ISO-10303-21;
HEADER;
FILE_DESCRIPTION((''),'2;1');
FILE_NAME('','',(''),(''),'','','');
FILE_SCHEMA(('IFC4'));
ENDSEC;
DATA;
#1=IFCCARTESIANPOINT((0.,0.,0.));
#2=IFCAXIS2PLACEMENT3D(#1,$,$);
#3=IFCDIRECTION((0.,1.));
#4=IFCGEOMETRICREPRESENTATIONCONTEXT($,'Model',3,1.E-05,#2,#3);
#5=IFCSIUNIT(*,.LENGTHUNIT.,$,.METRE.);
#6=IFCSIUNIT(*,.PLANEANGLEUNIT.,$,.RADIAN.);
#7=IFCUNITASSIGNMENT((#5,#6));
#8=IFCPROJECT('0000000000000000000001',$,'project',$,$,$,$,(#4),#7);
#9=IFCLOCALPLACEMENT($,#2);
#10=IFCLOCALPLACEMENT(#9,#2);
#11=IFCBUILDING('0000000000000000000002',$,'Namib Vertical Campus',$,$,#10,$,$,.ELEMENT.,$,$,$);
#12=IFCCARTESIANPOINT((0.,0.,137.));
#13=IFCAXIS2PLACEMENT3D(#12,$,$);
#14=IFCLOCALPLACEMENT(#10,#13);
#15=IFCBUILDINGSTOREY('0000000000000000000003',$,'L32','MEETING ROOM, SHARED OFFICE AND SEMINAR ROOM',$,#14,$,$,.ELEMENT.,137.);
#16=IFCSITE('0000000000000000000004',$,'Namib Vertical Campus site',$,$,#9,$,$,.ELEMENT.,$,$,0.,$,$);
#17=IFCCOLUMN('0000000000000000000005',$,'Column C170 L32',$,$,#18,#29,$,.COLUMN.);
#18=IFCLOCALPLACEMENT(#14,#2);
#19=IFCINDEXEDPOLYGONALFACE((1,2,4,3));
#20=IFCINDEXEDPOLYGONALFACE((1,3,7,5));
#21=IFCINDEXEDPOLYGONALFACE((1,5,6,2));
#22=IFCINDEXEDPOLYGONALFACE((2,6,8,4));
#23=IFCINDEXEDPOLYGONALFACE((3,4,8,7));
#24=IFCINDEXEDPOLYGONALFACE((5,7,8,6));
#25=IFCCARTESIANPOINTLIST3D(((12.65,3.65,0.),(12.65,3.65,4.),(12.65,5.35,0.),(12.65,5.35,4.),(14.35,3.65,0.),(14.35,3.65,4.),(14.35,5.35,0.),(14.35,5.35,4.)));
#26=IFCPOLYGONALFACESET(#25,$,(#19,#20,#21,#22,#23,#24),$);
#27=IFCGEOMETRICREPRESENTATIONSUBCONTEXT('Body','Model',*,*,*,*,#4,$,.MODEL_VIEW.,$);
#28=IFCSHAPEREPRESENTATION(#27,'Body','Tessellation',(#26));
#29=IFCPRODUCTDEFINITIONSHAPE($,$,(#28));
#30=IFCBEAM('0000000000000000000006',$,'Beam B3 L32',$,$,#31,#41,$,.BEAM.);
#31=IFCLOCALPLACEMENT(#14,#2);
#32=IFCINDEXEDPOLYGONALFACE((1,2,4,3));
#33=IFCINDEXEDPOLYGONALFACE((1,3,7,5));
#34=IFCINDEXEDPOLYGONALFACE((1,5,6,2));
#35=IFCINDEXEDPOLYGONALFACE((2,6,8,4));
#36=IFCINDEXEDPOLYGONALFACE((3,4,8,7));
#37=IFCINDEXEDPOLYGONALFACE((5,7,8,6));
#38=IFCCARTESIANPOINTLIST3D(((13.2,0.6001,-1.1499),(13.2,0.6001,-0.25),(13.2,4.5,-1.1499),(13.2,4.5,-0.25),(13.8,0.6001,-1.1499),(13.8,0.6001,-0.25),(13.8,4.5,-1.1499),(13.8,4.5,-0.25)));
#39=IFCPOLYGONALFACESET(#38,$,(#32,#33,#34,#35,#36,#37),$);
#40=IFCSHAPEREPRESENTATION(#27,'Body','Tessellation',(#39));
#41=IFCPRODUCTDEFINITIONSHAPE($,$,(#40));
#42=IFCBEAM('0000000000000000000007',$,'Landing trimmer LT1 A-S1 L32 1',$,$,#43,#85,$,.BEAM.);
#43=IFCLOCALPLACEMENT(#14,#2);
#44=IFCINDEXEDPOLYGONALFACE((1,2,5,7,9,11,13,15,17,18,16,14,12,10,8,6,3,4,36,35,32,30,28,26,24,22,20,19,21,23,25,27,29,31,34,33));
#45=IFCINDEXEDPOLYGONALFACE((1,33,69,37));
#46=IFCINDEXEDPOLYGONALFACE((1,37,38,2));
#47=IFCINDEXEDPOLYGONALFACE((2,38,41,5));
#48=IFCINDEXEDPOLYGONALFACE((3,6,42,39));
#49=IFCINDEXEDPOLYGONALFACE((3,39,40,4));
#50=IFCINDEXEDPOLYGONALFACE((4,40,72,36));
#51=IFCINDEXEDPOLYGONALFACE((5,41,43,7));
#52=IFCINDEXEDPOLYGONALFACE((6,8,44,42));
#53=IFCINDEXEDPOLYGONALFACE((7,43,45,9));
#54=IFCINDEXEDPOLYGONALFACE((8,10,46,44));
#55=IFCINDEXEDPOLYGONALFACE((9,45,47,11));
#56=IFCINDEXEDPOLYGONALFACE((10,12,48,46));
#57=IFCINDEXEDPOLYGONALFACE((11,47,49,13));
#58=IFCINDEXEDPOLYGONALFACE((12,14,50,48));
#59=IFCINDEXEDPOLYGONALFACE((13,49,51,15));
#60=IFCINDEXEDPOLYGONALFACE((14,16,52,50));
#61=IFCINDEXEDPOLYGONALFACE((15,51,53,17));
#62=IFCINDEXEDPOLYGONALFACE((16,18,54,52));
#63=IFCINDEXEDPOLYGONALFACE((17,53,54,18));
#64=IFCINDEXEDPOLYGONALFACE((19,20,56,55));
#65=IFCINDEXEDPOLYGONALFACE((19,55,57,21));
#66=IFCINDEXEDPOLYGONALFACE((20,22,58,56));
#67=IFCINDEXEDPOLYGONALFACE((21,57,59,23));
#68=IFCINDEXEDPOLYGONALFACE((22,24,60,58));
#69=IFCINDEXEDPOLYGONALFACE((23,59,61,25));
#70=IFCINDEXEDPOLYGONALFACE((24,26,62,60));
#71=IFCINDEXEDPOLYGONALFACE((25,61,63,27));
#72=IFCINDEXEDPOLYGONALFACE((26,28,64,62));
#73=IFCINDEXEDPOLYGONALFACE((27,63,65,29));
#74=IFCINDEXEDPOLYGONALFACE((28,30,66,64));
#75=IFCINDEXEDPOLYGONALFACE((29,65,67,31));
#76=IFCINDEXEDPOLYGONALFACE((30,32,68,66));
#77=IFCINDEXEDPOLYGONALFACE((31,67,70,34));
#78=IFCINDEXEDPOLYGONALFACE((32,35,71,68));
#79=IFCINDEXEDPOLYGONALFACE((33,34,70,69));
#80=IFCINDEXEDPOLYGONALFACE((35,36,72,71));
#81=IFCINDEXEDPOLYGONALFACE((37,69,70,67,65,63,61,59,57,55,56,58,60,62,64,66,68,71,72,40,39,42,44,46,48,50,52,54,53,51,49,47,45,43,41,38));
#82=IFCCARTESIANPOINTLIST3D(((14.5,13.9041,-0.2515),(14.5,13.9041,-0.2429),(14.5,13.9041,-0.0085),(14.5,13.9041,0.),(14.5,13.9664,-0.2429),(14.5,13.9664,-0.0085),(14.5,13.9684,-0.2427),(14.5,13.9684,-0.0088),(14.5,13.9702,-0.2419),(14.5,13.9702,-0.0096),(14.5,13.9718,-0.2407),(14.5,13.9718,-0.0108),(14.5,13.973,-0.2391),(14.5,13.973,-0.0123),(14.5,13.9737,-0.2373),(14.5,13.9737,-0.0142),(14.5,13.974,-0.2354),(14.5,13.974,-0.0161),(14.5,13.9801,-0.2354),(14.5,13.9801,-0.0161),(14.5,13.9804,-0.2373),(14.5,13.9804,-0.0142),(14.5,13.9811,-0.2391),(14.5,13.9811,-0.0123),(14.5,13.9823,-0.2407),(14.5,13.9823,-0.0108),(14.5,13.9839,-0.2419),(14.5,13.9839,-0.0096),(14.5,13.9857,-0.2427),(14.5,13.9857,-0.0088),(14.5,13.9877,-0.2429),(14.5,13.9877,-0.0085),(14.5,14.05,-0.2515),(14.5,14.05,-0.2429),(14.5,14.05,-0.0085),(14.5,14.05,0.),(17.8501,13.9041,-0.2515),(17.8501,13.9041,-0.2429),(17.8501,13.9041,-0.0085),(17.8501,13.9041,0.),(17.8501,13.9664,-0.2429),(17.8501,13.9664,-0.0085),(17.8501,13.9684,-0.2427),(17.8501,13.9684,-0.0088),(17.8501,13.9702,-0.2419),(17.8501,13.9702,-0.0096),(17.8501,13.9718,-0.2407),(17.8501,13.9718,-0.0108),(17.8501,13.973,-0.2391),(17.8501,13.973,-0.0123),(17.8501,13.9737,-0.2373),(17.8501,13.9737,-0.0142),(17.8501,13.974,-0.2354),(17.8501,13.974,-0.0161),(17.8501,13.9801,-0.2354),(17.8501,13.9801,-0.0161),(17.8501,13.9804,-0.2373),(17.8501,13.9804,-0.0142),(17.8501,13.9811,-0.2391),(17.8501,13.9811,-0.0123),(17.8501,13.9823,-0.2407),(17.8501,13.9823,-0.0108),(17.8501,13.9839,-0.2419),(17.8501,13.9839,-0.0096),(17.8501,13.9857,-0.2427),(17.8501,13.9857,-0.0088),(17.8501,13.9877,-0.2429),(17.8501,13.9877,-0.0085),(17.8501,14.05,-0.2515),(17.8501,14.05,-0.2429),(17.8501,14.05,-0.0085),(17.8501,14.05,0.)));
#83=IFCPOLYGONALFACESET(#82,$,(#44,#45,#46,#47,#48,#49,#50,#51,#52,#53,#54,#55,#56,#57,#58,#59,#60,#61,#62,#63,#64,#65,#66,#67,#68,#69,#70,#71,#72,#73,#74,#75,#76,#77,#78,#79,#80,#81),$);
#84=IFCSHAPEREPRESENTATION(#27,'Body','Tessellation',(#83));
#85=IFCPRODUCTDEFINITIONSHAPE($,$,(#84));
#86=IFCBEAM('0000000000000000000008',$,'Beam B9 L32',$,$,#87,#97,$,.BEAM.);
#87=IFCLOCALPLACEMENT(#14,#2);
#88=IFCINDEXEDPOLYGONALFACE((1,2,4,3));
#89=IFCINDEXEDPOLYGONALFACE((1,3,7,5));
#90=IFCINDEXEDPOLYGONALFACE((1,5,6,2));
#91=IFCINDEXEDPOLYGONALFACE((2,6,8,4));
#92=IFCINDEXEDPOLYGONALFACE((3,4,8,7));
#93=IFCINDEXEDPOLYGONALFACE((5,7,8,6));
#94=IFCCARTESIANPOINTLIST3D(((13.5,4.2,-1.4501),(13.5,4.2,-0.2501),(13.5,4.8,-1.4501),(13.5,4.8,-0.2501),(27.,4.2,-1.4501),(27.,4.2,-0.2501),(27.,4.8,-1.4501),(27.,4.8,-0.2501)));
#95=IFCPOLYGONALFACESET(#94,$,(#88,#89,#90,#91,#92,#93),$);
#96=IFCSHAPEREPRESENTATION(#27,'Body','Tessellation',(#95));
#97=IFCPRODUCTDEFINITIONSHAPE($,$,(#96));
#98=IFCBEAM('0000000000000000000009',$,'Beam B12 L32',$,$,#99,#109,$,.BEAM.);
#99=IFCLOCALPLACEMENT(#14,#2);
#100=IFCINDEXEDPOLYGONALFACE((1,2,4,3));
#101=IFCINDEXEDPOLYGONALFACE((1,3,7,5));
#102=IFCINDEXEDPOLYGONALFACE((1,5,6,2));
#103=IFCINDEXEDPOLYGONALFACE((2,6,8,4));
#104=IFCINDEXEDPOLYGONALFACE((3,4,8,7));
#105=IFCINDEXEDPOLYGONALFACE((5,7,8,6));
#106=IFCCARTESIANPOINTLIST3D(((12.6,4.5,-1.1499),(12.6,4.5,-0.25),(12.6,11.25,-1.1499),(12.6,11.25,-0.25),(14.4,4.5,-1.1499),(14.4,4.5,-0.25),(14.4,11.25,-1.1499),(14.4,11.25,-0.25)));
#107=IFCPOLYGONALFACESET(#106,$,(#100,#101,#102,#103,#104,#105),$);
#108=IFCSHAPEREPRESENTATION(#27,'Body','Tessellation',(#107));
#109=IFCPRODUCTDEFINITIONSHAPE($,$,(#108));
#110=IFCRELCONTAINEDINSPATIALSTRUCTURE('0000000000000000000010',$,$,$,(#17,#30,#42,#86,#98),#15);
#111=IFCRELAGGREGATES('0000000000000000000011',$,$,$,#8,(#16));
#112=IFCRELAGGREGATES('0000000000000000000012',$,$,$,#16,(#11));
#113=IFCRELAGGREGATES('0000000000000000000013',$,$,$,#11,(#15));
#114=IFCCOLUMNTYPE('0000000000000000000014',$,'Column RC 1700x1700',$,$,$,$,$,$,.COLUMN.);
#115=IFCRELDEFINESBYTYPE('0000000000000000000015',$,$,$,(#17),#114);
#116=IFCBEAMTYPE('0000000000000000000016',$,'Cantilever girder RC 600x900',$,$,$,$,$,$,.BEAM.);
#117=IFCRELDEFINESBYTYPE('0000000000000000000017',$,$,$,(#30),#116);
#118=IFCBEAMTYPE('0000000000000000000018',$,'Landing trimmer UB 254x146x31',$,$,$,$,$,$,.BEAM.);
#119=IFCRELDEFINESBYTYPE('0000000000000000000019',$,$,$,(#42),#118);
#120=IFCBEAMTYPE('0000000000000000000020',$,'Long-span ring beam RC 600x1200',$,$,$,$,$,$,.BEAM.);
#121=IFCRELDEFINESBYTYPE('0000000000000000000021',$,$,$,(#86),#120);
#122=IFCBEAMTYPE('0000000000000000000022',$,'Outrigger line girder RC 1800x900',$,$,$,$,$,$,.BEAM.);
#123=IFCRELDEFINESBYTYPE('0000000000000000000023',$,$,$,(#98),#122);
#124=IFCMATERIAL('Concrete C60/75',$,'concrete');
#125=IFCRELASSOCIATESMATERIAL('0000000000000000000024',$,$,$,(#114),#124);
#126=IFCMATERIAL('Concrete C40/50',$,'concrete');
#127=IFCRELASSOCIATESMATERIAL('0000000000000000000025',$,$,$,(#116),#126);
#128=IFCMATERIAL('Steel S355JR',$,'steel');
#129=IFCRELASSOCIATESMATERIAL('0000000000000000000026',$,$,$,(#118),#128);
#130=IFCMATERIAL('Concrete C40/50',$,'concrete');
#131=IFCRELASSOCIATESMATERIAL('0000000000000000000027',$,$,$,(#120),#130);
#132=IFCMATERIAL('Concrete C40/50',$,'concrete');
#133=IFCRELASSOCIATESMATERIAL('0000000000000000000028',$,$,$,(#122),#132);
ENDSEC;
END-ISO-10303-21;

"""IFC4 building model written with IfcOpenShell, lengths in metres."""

from ifc_helpers import new_model, si_unit, direction, frame, origin, origin_2d, place, context, subcontext, project, spatial, rectangle, i_section, extrude, material, material_profile, profile_set, type_object, element, save


model = new_model("IFC4")

# Units and contexts
model_context = context("Model", 3, precision=1e-05, world=origin(), true_north=direction((0.0, 1.0)))
body_context = subcontext(model_context, "Body", "Model", "MODEL_VIEW")
ifc_project = project(units=[si_unit("LENGTHUNIT", "METRE"), si_unit("PLANEANGLEUNIT", "RADIAN")], contexts=[model_context])

# Site, building, storey
site_placement = place(None, origin())
site = spatial("IfcSite", under=ifc_project, at=site_placement, Name="Namib Vertical Campus site", CompositionType="ELEMENT", RefElevation=0.0)
building_placement = place(site_placement, origin())
building = spatial("IfcBuilding", under=site, at=building_placement, Name="Namib Vertical Campus", CompositionType="ELEMENT")
storey_placement = place(building_placement, frame((0.0, 0.0, 137.0)))
storey = spatial("IfcBuildingStorey", under=building, at=storey_placement, Name="L32", Description="MEETING ROOM, SHARED OFFICE AND SEMINAR ROOM", CompositionType="ELEMENT", Elevation=137.0)

# Column
ifc_material_1 = material(Name="Concrete C60/75", Category="concrete")
ifc_material_profile_1 = material_profile(ifc_material_1, rectangle(XDim=1.7, YDim=1.7, at=origin_2d()))
ifc_profile_set_1 = profile_set([ifc_material_profile_1], Name="Concrete C60/75")
column_type = type_object("IfcColumnType", Name="Column RC 1700x1700", PredefinedType="COLUMN", material=ifc_profile_set_1)
column_placement = place(storey_placement, frame((13.5, 4.5, 0.0), z_axis=(0.0, 0.0, 1.0), x_axis=(1.0, 0.0, 0.0)))
element("IfcColumn", 1, at=column_placement, inside=storey, type_object=column_type, Name="Column C170 L32", PredefinedType="COLUMN", context=body_context, shape_type="SweptSolid", body=[
    extrude(rectangle(XDim=1.7, YDim=1.7, at=origin_2d()), origin(), (0.0, 0.0, 1.0), 4.0),
])

# Beams
ifc_material_2 = material(Name="Concrete C40/50", Category="concrete")
ifc_material_profile_2 = material_profile(ifc_material_2, rectangle(XDim=0.6001, YDim=0.8999, at=origin_2d()))
ifc_profile_set_2 = profile_set([ifc_material_profile_2], Name="Concrete C40/50")
beam_type_1 = type_object("IfcBeamType", Name="Cantilever girder RC 600x900", PredefinedType="BEAM", material=ifc_profile_set_2)
beam_1_placement = place(storey_placement, frame((13.5, 4.5, -0.7), z_axis=(0.0, -1.0, 0.0), x_axis=(1.0, 0.0, 0.0)))
element("IfcBeam", 2, at=beam_1_placement, inside=storey, type_object=beam_type_1, Name="Beam B3 L32", PredefinedType="BEAM", context=body_context, shape_type="SweptSolid", body=[
    extrude(rectangle(XDim=0.6001, YDim=0.8999, at=origin_2d()), origin(), (0.0, 0.0, 1.0), 3.8999),
])
ifc_material_3 = material(Name="Steel S355JR", Category="steel")
ifc_material_profile_3 = material_profile(ifc_material_3, i_section(OverallWidth=0.146, OverallDepth=0.2515, WebThickness=0.0061, FlangeThickness=0.0085, FilletRadius=0.0076, at=origin_2d()))
ifc_profile_set_3 = profile_set([ifc_material_profile_3], Name="Steel S355JR")
beam_type_2 = type_object("IfcBeamType", Name="Landing trimmer UB 254x146x31", PredefinedType="BEAM", material=ifc_profile_set_3)
beam_2_placement = place(storey_placement, frame((14.5, 13.9771, -0.1257), z_axis=(1.0, 0.0, 0.0), x_axis=(0.0, 1.0, 0.0)))
element("IfcBeam", 3, at=beam_2_placement, inside=storey, type_object=beam_type_2, Name="Landing trimmer LT1 A-S1 L32 1", PredefinedType="BEAM", context=body_context, shape_type="SweptSolid", body=[
    extrude(i_section(OverallWidth=0.146, OverallDepth=0.2515, WebThickness=0.0061, FlangeThickness=0.0085, FilletRadius=0.0076, at=origin_2d()), origin(), (0.0, 0.0, 1.0), 3.3501),
])
ifc_material_4 = material(Name="Concrete C40/50", Category="concrete")
ifc_material_profile_4 = material_profile(ifc_material_4, rectangle(XDim=0.6001, YDim=1.2, at=origin_2d()))
ifc_profile_set_4 = profile_set([ifc_material_profile_4], Name="Concrete C40/50")
beam_type_3 = type_object("IfcBeamType", Name="Long-span ring beam RC 600x1200", PredefinedType="BEAM", material=ifc_profile_set_4)
beam_3_placement = place(storey_placement, frame((13.5, 4.5, -0.8501), z_axis=(1.0, 0.0, 0.0), x_axis=(0.0, 1.0, 0.0)))
element("IfcBeam", 4, at=beam_3_placement, inside=storey, type_object=beam_type_3, Name="Beam B9 L32", PredefinedType="BEAM", context=body_context, shape_type="SweptSolid", body=[
    extrude(rectangle(XDim=0.6001, YDim=1.2, at=origin_2d()), origin(), (0.0, 0.0, 1.0), 13.5),
])
ifc_material_5 = material(Name="Concrete C40/50", Category="concrete")
ifc_material_profile_5 = material_profile(ifc_material_5, rectangle(XDim=1.8, YDim=0.8999, at=origin_2d()))
ifc_profile_set_5 = profile_set([ifc_material_profile_5], Name="Concrete C40/50")
beam_type_4 = type_object("IfcBeamType", Name="Outrigger line girder RC 1800x900", PredefinedType="BEAM", material=ifc_profile_set_5)
beam_4_placement = place(storey_placement, frame((13.5, 4.5, -0.7), z_axis=(0.0, 1.0, 0.0), x_axis=(-1.0, 0.0, 0.0)))
element("IfcBeam", 5, at=beam_4_placement, inside=storey, type_object=beam_type_4, Name="Beam B12 L32", PredefinedType="BEAM", context=body_context, shape_type="SweptSolid", body=[
    extrude(rectangle(XDim=1.8, YDim=0.8999, at=origin_2d()), origin(), (0.0, 0.0, 1.0), 6.75),
])

save(model, "model.ifc")
